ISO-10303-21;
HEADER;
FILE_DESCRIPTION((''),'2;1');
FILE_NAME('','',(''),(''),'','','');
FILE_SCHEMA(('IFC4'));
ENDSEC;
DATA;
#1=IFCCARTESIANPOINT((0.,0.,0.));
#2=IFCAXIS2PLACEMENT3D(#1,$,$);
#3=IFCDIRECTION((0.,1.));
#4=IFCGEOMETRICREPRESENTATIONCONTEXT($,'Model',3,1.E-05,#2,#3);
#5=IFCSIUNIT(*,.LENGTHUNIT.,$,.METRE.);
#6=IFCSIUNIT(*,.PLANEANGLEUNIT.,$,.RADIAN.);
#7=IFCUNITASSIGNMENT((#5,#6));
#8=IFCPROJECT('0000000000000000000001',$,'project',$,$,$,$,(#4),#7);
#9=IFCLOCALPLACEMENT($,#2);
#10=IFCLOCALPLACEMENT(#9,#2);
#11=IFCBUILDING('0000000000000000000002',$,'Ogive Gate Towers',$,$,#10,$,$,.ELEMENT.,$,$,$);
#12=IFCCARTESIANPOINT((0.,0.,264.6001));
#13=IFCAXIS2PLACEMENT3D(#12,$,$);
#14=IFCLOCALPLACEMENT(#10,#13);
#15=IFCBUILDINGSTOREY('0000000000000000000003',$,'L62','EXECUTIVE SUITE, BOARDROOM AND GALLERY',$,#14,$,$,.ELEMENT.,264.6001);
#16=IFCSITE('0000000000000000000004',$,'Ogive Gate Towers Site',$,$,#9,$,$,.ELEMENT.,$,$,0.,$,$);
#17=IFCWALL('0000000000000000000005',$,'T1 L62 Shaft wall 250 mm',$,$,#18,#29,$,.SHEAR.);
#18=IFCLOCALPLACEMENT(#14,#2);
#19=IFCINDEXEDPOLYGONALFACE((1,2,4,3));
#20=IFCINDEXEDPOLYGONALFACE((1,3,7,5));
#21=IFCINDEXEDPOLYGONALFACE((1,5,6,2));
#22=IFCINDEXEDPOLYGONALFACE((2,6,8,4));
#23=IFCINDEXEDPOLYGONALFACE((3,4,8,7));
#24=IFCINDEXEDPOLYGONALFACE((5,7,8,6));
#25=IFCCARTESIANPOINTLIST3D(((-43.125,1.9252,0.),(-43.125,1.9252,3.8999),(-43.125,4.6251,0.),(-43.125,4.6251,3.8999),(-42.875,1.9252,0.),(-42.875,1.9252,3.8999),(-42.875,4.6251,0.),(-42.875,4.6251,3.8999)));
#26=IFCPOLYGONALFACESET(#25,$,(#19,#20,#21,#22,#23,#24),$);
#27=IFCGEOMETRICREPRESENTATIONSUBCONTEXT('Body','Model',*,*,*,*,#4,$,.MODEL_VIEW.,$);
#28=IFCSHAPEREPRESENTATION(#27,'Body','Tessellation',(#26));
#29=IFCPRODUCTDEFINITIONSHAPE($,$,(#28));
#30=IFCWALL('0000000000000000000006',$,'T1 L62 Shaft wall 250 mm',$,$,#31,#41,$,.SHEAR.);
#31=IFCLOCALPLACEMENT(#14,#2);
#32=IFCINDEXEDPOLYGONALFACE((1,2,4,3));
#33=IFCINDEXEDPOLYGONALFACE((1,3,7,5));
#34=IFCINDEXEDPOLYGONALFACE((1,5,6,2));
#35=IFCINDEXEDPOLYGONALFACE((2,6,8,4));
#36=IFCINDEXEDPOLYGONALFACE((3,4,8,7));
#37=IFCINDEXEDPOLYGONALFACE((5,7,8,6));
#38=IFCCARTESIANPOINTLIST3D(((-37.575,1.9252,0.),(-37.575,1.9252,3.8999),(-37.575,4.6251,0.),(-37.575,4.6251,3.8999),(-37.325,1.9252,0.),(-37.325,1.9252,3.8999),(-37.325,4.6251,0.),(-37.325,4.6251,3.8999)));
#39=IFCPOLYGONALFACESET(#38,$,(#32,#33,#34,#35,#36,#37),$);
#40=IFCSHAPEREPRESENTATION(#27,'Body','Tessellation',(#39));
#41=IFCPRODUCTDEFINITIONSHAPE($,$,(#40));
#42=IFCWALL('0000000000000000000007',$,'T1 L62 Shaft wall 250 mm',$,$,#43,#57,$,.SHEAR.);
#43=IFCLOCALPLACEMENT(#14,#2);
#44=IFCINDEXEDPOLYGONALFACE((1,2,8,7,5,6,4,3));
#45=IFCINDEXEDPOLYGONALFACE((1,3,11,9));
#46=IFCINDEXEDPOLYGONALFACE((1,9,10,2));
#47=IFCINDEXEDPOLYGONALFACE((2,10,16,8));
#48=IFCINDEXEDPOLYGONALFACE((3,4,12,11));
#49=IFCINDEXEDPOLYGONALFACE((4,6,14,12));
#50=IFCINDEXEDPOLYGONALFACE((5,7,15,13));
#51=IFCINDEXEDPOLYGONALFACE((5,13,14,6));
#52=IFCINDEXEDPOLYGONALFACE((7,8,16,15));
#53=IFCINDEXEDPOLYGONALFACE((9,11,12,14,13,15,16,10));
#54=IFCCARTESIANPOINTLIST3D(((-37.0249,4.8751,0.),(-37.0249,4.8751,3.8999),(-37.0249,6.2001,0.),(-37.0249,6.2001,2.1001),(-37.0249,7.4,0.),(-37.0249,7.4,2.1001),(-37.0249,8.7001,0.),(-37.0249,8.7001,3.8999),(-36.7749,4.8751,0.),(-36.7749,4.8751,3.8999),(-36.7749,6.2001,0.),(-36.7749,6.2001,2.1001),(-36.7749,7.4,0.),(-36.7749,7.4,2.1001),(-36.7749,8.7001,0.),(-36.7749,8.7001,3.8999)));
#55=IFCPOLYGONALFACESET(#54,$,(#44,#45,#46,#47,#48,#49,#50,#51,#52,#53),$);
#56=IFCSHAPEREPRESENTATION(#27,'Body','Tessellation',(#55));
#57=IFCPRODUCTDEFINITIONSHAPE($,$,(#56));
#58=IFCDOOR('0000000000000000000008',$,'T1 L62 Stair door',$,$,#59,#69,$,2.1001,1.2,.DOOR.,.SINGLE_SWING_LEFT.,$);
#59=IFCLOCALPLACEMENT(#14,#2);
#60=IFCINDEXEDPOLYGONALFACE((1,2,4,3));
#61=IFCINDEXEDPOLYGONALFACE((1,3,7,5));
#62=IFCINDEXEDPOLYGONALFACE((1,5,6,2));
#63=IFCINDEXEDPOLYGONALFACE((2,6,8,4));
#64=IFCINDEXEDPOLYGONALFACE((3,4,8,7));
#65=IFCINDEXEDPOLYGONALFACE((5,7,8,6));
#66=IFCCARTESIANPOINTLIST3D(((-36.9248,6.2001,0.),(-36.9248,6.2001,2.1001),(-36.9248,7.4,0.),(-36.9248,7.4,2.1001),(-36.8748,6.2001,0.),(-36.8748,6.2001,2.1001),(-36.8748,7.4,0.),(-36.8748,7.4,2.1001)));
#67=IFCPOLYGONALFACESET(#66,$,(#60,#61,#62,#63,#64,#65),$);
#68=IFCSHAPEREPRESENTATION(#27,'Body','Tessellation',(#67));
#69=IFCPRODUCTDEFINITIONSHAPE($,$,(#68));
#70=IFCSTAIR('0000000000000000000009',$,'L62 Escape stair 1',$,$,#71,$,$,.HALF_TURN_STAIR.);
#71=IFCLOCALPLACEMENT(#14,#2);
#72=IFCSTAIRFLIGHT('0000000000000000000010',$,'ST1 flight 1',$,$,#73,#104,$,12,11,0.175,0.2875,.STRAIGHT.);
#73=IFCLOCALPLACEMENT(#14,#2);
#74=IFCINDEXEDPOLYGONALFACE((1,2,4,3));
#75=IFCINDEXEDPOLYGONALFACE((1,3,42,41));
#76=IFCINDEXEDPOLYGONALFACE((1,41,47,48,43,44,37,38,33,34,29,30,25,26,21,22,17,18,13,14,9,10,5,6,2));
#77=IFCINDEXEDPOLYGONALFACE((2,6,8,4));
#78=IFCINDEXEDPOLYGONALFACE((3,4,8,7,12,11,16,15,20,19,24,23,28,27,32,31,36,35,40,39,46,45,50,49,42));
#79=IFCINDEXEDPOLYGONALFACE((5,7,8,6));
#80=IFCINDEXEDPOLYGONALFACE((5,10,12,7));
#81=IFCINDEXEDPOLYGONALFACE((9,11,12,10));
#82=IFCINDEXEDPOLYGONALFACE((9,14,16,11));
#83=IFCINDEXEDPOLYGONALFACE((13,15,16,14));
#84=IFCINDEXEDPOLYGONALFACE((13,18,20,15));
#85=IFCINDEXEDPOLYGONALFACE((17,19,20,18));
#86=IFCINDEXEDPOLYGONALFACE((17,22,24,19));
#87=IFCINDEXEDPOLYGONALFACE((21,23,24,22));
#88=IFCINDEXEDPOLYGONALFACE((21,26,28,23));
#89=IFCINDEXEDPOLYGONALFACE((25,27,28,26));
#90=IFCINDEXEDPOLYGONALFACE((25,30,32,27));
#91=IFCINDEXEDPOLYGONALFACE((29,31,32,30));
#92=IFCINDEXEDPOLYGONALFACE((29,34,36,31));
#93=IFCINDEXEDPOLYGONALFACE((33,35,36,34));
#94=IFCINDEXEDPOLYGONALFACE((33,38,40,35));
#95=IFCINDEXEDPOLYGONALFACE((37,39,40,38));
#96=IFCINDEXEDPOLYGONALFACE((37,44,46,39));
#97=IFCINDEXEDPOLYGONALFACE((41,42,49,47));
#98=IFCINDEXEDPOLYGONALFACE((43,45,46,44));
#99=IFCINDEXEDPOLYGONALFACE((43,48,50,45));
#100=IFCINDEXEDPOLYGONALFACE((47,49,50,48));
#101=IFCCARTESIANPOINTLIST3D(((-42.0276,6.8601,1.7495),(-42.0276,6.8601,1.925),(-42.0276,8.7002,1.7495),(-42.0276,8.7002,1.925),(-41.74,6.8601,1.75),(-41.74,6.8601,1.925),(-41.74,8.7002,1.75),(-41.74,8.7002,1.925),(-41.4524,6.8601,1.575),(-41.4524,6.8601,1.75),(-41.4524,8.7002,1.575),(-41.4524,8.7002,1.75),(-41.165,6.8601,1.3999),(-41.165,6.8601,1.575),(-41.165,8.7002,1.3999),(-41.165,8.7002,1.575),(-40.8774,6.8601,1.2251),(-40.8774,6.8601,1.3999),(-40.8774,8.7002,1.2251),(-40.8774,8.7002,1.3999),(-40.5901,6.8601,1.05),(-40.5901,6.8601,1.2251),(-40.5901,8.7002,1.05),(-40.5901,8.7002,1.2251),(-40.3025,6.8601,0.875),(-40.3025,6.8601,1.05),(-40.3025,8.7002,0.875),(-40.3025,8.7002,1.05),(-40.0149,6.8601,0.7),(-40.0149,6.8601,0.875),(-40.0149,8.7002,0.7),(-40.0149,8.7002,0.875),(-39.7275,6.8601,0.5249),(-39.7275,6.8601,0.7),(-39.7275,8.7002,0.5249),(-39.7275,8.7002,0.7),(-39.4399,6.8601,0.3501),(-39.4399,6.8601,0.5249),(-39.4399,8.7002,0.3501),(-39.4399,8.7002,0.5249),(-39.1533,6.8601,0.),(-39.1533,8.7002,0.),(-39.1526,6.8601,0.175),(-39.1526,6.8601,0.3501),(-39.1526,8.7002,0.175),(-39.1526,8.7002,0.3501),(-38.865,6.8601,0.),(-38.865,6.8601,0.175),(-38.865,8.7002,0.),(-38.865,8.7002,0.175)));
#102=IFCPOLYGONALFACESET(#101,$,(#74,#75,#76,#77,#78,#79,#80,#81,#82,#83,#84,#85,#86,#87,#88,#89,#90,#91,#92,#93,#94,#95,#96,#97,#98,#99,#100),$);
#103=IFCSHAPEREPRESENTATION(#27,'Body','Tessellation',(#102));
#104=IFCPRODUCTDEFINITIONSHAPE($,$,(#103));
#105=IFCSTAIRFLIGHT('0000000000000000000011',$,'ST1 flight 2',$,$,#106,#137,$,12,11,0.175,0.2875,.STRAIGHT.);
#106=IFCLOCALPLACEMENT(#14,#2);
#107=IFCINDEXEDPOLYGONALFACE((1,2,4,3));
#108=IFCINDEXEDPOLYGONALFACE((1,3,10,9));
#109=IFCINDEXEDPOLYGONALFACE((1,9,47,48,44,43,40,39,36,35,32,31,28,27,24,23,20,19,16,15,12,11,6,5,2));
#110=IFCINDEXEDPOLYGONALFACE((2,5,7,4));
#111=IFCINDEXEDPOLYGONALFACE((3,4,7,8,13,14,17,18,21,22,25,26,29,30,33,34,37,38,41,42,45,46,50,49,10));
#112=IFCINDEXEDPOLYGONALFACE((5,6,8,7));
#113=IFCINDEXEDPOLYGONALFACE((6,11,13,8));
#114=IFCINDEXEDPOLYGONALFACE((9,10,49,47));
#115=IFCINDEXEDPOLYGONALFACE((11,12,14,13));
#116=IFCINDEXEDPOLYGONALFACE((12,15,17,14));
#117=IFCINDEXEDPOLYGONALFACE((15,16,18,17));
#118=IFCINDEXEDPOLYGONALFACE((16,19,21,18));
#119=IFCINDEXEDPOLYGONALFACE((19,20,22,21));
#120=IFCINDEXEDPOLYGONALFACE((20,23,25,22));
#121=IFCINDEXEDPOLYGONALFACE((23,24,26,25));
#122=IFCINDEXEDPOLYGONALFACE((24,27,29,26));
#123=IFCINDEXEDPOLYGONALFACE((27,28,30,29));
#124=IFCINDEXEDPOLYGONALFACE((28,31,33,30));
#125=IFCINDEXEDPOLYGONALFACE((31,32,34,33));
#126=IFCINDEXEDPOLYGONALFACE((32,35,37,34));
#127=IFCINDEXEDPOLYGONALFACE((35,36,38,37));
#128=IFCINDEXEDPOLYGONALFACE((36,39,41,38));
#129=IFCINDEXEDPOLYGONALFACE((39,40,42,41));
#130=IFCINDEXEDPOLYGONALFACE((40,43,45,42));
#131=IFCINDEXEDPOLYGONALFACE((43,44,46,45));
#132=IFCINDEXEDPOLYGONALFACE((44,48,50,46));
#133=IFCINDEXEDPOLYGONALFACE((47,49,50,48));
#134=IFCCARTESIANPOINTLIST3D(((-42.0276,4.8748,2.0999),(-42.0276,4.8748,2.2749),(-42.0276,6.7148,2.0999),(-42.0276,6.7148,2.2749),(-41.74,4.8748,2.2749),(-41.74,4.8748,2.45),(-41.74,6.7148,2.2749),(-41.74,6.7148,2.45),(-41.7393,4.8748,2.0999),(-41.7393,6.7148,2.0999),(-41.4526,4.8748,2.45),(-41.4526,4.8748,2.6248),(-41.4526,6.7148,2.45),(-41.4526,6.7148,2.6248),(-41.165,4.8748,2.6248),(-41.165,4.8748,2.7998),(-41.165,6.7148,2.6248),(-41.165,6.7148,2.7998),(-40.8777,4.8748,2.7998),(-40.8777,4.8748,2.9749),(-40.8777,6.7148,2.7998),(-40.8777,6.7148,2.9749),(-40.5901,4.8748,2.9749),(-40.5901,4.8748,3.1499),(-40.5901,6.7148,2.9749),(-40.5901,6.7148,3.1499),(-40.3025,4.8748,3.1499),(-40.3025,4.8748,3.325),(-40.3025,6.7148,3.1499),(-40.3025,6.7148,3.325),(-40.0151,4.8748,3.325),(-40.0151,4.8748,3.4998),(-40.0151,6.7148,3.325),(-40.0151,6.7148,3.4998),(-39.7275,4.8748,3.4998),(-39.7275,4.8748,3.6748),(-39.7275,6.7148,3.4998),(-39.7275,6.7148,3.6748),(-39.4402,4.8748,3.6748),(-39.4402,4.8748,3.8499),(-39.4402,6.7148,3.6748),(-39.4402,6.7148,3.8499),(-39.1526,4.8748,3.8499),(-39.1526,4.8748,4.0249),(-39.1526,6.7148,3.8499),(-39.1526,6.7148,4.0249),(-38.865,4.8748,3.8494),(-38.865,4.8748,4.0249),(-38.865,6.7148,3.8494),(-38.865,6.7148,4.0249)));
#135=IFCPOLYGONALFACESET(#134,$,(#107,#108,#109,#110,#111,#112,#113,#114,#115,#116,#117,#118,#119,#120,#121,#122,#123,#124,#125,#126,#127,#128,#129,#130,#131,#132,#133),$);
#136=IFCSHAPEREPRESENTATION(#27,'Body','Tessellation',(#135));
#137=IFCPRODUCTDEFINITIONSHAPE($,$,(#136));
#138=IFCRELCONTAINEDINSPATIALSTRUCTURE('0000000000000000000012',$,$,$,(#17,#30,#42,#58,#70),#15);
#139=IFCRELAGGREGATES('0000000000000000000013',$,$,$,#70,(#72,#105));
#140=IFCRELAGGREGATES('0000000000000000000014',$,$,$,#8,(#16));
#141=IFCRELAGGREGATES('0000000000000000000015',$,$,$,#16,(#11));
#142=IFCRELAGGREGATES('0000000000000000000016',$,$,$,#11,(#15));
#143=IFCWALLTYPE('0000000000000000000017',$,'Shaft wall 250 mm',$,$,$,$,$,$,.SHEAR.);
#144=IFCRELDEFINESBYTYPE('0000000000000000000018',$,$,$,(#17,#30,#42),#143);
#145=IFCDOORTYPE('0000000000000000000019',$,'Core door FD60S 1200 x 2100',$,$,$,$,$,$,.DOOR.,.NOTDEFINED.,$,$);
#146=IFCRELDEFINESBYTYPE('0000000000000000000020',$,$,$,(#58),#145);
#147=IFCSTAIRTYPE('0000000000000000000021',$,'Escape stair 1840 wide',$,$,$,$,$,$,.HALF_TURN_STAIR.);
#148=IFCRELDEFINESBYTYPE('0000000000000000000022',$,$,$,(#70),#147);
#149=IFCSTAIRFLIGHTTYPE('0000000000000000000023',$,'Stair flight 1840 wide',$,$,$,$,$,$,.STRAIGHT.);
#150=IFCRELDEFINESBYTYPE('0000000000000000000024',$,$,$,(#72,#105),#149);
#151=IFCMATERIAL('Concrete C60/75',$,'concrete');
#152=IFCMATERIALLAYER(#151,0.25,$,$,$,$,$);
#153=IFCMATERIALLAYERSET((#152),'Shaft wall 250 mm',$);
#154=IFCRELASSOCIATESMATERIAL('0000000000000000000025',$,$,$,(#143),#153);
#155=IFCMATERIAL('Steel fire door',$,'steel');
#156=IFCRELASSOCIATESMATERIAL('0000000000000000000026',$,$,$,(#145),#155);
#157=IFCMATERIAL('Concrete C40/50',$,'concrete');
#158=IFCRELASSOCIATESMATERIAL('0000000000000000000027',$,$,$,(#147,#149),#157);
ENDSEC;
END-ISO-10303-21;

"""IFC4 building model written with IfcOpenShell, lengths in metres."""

from ifc_helpers import new_model, si_unit, direction, frame, frame_2d, origin, place, context, subcontext, project, spatial, polyline, rectangle, outline, extrude, material, layer, layer_set, type_object, element, fill, aggregate, save


model = new_model("IFC4")

# Units and contexts
model_context = context("Model", 3, precision=1e-05, world=origin(), true_north=direction((0.0, 1.0)))
body_context = subcontext(model_context, "Body", "Model", "MODEL_VIEW")
ifc_project = project(units=[si_unit("LENGTHUNIT", "METRE"), si_unit("PLANEANGLEUNIT", "RADIAN")], contexts=[model_context])

# Site, building, storey
site_placement = place(None, origin())
site = spatial("IfcSite", under=ifc_project, at=site_placement, Name="Ogive Gate Towers Site", CompositionType="ELEMENT", RefElevation=0.0)
building_placement = place(site_placement, origin())
building = spatial("IfcBuilding", under=site, at=building_placement, Name="Ogive Gate Towers", CompositionType="ELEMENT")
storey_placement = place(building_placement, frame((0.0, 0.0, 264.6001)))
storey = spatial("IfcBuildingStorey", under=building, at=storey_placement, Name="L62", Description="EXECUTIVE SUITE, BOARDROOM AND GALLERY", CompositionType="ELEMENT", Elevation=264.6001)

# Walls
ifc_material_1 = material(Name="Concrete C60/75", Category="concrete")
ifc_layer_1 = layer(ifc_material_1, 0.25)
ifc_layer_set_1 = layer_set([ifc_layer_1], Name="Shaft wall 250 mm")
wall_type_1 = type_object("IfcWallType", Name="Shaft wall 250 mm", PredefinedType="SHEAR", material=ifc_layer_set_1)
for number, where, z_axis, x_axis, name in (
    (1, (-43.0, 1.925, 0.0), (0.0, 0.0, 1.0), (0.0, 1.0, 0.0), "T1 L62 Shaft wall 250 mm"),
    (2, (-37.45, 1.925, 0.0), (0.0, 0.0, 1.0), (0.0, 1.0, 0.0), "T1 L62 Shaft wall 250 mm"),
):
    element("IfcWall", number, at=place(storey_placement, frame(where, z_axis=z_axis, x_axis=x_axis)), inside=storey, type_object=wall_type_1, Name=name, PredefinedType="SHEAR", context=body_context, shape_type="SweptSolid", body=[
        extrude(rectangle(XDim=2.7, YDim=0.25, at=frame_2d((1.3501, 0.0))), origin(), (0.0, 0.0, 1.0), 3.8999),
    ])

# Wall, opening, door
wall_1_placement = place(storey_placement, frame((-36.8999, 4.875, 0.0), z_axis=(0.0, 0.0, 1.0), x_axis=(0.0, 1.0, 0.0)))
wall_1 = element("IfcWall", 3, at=wall_1_placement, inside=storey, type_object=wall_type_1, Name="T1 L62 Shaft wall 250 mm", PredefinedType="SHEAR", context=body_context, shape_type="SweptSolid", body=[
    extrude(rectangle(XDim=3.825, YDim=0.25, at=frame_2d((1.9126, 0.0))), origin(), (0.0, 0.0, 1.0), 3.8999),
])
opening_1_placement = place(wall_1_placement, frame((1.325, 0.0, 0.0)))
opening_1 = element("IfcOpeningElement", 4, at=opening_1_placement, cuts=wall_1, PredefinedType="OPENING", context=body_context, shape_type="SweptSolid", body=[
    extrude(rectangle(XDim=1.2, YDim=2.1001, at=frame_2d((0.6001, 1.05))), frame((0.0, 0.135, 0.0), z_axis=(0.0, -1.0, 0.0), x_axis=(1.0, 0.0, 0.0)), (0.0, 0.0, 1.0), 0.27),
])
ifc_material_2 = material(Name="Steel fire door", Category="steel")
door_type_1 = type_object("IfcDoorType", Name="Core door FD60S 1200 x 2100", OperationType="NOTDEFINED", PredefinedType="DOOR", material=ifc_material_2)
door_1_placement = place(opening_1_placement, origin())
door_1 = element("IfcDoor", 5, at=door_1_placement, inside=storey, type_object=door_type_1, Name="T1 L62 Stair door", OperationType="SINGLE_SWING_LEFT", OverallHeight=2.1001, OverallWidth=1.2, PredefinedType="DOOR", context=body_context, shape_type="SweptSolid", body=[
    extrude(rectangle(XDim=1.2, YDim=2.1001, at=frame_2d((0.6001, 1.05))), frame((0.0, 0.0249, 0.0), z_axis=(0.0, -1.0, 0.0), x_axis=(1.0, 0.0, 0.0)), (0.0, 0.0, 1.0), 0.05),
])
fill(opening_1, door_1)

# Stair, stair flights
ifc_material_3 = material(Name="Concrete C40/50", Category="concrete")
stair_type = type_object("IfcStairType", Name="Escape stair 1840 wide", PredefinedType="HALF_TURN_STAIR", material=ifc_material_3)
stair_placement = place(storey_placement, origin())
stair = element("IfcStair", 6, at=stair_placement, inside=storey, type_object=stair_type, Name="L62 Escape stair 1", PredefinedType="HALF_TURN_STAIR")
stair_flight_type = type_object("IfcStairFlightType", Name="Stair flight 1840 wide", PredefinedType="STRAIGHT", material=ifc_material_3)
stair_flight_1_placement = place(storey_placement, frame((-38.865, 7.78, 0.0), z_axis=(0.0, 0.0, 1.0), x_axis=(-1.0, 0.0, 0.0)))
stair_flight_1 = element("IfcStairFlight", 7, at=stair_flight_1_placement, type_object=stair_flight_type, Name="ST1 flight 1", NumberOfRisers=12, NumberOfTreads=11, PredefinedType="STRAIGHT", RiserHeight=0.175, TreadLength=0.2875, context=body_context, shape_type="SweptSolid", body=[
    extrude(outline(polyline([(0.0, 0.0), (0.0, 0.175), (0.2876, 0.175), (0.2876, 0.3501), (0.575, 0.3501), (0.575, 0.5249), (0.8625, 0.5249), (0.8625, 0.7), (1.1499, 0.7), (1.1499, 0.875), (1.4375, 0.875), (1.4375, 1.05), (1.7251, 1.05), (1.7251, 1.2251), (2.0125, 1.2251), (2.0125, 1.3999), (2.3, 1.3999), (2.3, 1.575), (2.5874, 1.575), (2.5874, 1.75), (2.875, 1.75), (2.875, 1.925), (3.1626, 1.925), (3.1626, 2.1001), (3.1626, 1.7495), (0.2883, 0.0), (0.0, 0.0)])), frame((0.0, 0.9199, 0.0), z_axis=(0.0, -1.0, 0.0), x_axis=(1.0, 0.0, 0.0)), (0.0, 0.0, 1.0), 1.8401),
])
stair_flight_2_placement = place(storey_placement, frame((-42.0276, 5.7949, 2.0999), z_axis=(0.0, 0.0, 1.0), x_axis=(1.0, 0.0, 0.0)))
stair_flight_2 = element("IfcStairFlight", 8, at=stair_flight_2_placement, type_object=stair_flight_type, Name="ST1 flight 2", NumberOfRisers=12, NumberOfTreads=11, PredefinedType="STRAIGHT", RiserHeight=0.175, TreadLength=0.2875, context=body_context, shape_type="SweptSolid", body=[
    extrude(outline(polyline([(0.0, 0.0), (0.0, 0.175), (0.2876, 0.175), (0.2876, 0.3501), (0.575, 0.3501), (0.575, 0.5249), (0.8625, 0.5249), (0.8625, 0.7), (1.1499, 0.7), (1.1499, 0.875), (1.4375, 0.875), (1.4375, 1.05), (1.7251, 1.05), (1.7251, 1.2251), (2.0125, 1.2251), (2.0125, 1.3999), (2.3, 1.3999), (2.3, 1.575), (2.5874, 1.575), (2.5874, 1.75), (2.875, 1.75), (2.875, 1.925), (3.1626, 1.925), (3.1626, 2.1001), (3.1626, 1.7495), (0.2883, 0.0), (0.0, 0.0)])), frame((0.0, 0.9199, 0.0), z_axis=(0.0, -1.0, 0.0), x_axis=(1.0, 0.0, 0.0)), (0.0, 0.0, 1.0), 1.8401),
])
aggregate(stair, [stair_flight_1, stair_flight_2])

save(model, "model.ifc")
